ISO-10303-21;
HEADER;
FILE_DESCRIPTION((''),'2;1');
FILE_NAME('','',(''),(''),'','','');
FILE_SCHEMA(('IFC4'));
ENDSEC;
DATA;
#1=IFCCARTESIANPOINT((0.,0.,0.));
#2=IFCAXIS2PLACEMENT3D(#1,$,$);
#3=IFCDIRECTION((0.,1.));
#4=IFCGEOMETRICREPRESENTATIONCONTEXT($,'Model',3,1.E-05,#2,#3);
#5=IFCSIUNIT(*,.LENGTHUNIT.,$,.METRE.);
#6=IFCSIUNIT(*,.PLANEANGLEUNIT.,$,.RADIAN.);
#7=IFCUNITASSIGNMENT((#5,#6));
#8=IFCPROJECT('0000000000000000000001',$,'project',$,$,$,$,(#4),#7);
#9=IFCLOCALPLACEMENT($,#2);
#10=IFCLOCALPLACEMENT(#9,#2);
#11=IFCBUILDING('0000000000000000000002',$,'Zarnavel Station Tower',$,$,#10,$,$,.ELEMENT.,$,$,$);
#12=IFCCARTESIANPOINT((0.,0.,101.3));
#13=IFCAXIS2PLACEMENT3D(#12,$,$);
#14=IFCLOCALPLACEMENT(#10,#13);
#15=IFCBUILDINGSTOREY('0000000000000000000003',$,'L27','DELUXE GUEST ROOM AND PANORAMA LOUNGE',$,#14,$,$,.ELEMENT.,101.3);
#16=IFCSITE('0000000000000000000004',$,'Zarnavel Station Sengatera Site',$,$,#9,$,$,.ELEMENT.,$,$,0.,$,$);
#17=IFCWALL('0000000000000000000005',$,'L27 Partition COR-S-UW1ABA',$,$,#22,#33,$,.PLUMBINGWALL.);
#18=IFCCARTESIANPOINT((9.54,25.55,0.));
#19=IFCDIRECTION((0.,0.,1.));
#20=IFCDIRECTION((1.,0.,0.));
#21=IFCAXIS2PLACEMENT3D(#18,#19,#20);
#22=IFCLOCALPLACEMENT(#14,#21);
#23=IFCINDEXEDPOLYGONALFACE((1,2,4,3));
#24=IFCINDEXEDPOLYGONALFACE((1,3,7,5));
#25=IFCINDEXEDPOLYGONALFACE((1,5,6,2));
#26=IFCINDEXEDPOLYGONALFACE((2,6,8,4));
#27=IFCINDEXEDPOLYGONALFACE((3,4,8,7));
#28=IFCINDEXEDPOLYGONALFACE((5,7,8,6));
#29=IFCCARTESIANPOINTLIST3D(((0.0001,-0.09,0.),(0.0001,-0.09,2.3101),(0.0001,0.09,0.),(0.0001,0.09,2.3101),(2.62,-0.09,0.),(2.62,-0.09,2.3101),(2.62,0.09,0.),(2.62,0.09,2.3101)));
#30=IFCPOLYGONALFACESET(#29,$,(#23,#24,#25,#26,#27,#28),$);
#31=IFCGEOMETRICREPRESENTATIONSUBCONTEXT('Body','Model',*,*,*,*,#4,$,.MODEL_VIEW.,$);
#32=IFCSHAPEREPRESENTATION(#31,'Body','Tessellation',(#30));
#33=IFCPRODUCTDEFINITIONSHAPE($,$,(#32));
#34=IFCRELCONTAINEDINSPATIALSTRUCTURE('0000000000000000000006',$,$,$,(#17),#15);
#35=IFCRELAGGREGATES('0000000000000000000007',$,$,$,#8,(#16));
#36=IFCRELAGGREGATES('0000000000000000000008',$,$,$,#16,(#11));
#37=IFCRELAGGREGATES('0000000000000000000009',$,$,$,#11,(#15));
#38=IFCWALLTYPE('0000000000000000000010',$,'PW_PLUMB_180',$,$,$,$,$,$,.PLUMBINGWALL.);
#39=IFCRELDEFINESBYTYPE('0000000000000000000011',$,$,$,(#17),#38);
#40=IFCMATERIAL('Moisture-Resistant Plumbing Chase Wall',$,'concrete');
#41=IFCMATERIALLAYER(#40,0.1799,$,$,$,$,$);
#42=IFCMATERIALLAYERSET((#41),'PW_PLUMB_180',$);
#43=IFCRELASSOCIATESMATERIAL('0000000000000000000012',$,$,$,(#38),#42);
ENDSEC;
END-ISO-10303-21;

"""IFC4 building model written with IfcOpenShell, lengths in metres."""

from ifc_helpers import new_model, si_unit, direction, frame, frame_2d, origin, place, context, subcontext, project, spatial, rectangle, extrude, material, layer, layer_set, type_object, element, save


model = new_model("IFC4")

# Units and contexts
model_context = context("Model", 3, precision=1e-05, world=origin(), true_north=direction((0.0, 1.0)))
body_context = subcontext(model_context, "Body", "Model", "MODEL_VIEW")
ifc_project = project(units=[si_unit("LENGTHUNIT", "METRE"), si_unit("PLANEANGLEUNIT", "RADIAN")], contexts=[model_context])

# Site, building, storey
site_placement = place(None, origin())
site = spatial("IfcSite", under=ifc_project, at=site_placement, Name="Zarnavel Station Sengatera Site", CompositionType="ELEMENT", RefElevation=0.0)
building_placement = place(site_placement, origin())
building = spatial("IfcBuilding", under=site, at=building_placement, Name="Zarnavel Station Tower", CompositionType="ELEMENT")
storey_placement = place(building_placement, frame((0.0, 0.0, 101.3)))
storey = spatial("IfcBuildingStorey", under=building, at=storey_placement, Name="L27", Description="DELUXE GUEST ROOM AND PANORAMA LOUNGE", CompositionType="ELEMENT", Elevation=101.3)

# Wall
ifc_material_1 = material(Name="Moisture-Resistant Plumbing Chase Wall", Category="concrete")
ifc_layer_1 = layer(ifc_material_1, 0.1799)
ifc_layer_set_1 = layer_set([ifc_layer_1], Name="PW_PLUMB_180")
wall_type_1 = type_object("IfcWallType", Name="PW_PLUMB_180", PredefinedType="PLUMBINGWALL", material=ifc_layer_set_1)
wall_1_placement = place(storey_placement, frame((9.54, 25.55, 0.0), z_axis=(0.0, 0.0, 1.0), x_axis=(1.0, 0.0, 0.0)))
element("IfcWall", 1, at=wall_1_placement, inside=storey, type_object=wall_type_1, Name="L27 Partition COR-S-UW1ABA", PredefinedType="PLUMBINGWALL", context=body_context, shape_type="SweptSolid", body=[
    extrude(rectangle(XDim=2.6199, YDim=0.1799, at=frame_2d((1.3101, 0.0))), origin(), (0.0, 0.0, 1.0), 2.3101),
])

save(model, "model.ifc")
